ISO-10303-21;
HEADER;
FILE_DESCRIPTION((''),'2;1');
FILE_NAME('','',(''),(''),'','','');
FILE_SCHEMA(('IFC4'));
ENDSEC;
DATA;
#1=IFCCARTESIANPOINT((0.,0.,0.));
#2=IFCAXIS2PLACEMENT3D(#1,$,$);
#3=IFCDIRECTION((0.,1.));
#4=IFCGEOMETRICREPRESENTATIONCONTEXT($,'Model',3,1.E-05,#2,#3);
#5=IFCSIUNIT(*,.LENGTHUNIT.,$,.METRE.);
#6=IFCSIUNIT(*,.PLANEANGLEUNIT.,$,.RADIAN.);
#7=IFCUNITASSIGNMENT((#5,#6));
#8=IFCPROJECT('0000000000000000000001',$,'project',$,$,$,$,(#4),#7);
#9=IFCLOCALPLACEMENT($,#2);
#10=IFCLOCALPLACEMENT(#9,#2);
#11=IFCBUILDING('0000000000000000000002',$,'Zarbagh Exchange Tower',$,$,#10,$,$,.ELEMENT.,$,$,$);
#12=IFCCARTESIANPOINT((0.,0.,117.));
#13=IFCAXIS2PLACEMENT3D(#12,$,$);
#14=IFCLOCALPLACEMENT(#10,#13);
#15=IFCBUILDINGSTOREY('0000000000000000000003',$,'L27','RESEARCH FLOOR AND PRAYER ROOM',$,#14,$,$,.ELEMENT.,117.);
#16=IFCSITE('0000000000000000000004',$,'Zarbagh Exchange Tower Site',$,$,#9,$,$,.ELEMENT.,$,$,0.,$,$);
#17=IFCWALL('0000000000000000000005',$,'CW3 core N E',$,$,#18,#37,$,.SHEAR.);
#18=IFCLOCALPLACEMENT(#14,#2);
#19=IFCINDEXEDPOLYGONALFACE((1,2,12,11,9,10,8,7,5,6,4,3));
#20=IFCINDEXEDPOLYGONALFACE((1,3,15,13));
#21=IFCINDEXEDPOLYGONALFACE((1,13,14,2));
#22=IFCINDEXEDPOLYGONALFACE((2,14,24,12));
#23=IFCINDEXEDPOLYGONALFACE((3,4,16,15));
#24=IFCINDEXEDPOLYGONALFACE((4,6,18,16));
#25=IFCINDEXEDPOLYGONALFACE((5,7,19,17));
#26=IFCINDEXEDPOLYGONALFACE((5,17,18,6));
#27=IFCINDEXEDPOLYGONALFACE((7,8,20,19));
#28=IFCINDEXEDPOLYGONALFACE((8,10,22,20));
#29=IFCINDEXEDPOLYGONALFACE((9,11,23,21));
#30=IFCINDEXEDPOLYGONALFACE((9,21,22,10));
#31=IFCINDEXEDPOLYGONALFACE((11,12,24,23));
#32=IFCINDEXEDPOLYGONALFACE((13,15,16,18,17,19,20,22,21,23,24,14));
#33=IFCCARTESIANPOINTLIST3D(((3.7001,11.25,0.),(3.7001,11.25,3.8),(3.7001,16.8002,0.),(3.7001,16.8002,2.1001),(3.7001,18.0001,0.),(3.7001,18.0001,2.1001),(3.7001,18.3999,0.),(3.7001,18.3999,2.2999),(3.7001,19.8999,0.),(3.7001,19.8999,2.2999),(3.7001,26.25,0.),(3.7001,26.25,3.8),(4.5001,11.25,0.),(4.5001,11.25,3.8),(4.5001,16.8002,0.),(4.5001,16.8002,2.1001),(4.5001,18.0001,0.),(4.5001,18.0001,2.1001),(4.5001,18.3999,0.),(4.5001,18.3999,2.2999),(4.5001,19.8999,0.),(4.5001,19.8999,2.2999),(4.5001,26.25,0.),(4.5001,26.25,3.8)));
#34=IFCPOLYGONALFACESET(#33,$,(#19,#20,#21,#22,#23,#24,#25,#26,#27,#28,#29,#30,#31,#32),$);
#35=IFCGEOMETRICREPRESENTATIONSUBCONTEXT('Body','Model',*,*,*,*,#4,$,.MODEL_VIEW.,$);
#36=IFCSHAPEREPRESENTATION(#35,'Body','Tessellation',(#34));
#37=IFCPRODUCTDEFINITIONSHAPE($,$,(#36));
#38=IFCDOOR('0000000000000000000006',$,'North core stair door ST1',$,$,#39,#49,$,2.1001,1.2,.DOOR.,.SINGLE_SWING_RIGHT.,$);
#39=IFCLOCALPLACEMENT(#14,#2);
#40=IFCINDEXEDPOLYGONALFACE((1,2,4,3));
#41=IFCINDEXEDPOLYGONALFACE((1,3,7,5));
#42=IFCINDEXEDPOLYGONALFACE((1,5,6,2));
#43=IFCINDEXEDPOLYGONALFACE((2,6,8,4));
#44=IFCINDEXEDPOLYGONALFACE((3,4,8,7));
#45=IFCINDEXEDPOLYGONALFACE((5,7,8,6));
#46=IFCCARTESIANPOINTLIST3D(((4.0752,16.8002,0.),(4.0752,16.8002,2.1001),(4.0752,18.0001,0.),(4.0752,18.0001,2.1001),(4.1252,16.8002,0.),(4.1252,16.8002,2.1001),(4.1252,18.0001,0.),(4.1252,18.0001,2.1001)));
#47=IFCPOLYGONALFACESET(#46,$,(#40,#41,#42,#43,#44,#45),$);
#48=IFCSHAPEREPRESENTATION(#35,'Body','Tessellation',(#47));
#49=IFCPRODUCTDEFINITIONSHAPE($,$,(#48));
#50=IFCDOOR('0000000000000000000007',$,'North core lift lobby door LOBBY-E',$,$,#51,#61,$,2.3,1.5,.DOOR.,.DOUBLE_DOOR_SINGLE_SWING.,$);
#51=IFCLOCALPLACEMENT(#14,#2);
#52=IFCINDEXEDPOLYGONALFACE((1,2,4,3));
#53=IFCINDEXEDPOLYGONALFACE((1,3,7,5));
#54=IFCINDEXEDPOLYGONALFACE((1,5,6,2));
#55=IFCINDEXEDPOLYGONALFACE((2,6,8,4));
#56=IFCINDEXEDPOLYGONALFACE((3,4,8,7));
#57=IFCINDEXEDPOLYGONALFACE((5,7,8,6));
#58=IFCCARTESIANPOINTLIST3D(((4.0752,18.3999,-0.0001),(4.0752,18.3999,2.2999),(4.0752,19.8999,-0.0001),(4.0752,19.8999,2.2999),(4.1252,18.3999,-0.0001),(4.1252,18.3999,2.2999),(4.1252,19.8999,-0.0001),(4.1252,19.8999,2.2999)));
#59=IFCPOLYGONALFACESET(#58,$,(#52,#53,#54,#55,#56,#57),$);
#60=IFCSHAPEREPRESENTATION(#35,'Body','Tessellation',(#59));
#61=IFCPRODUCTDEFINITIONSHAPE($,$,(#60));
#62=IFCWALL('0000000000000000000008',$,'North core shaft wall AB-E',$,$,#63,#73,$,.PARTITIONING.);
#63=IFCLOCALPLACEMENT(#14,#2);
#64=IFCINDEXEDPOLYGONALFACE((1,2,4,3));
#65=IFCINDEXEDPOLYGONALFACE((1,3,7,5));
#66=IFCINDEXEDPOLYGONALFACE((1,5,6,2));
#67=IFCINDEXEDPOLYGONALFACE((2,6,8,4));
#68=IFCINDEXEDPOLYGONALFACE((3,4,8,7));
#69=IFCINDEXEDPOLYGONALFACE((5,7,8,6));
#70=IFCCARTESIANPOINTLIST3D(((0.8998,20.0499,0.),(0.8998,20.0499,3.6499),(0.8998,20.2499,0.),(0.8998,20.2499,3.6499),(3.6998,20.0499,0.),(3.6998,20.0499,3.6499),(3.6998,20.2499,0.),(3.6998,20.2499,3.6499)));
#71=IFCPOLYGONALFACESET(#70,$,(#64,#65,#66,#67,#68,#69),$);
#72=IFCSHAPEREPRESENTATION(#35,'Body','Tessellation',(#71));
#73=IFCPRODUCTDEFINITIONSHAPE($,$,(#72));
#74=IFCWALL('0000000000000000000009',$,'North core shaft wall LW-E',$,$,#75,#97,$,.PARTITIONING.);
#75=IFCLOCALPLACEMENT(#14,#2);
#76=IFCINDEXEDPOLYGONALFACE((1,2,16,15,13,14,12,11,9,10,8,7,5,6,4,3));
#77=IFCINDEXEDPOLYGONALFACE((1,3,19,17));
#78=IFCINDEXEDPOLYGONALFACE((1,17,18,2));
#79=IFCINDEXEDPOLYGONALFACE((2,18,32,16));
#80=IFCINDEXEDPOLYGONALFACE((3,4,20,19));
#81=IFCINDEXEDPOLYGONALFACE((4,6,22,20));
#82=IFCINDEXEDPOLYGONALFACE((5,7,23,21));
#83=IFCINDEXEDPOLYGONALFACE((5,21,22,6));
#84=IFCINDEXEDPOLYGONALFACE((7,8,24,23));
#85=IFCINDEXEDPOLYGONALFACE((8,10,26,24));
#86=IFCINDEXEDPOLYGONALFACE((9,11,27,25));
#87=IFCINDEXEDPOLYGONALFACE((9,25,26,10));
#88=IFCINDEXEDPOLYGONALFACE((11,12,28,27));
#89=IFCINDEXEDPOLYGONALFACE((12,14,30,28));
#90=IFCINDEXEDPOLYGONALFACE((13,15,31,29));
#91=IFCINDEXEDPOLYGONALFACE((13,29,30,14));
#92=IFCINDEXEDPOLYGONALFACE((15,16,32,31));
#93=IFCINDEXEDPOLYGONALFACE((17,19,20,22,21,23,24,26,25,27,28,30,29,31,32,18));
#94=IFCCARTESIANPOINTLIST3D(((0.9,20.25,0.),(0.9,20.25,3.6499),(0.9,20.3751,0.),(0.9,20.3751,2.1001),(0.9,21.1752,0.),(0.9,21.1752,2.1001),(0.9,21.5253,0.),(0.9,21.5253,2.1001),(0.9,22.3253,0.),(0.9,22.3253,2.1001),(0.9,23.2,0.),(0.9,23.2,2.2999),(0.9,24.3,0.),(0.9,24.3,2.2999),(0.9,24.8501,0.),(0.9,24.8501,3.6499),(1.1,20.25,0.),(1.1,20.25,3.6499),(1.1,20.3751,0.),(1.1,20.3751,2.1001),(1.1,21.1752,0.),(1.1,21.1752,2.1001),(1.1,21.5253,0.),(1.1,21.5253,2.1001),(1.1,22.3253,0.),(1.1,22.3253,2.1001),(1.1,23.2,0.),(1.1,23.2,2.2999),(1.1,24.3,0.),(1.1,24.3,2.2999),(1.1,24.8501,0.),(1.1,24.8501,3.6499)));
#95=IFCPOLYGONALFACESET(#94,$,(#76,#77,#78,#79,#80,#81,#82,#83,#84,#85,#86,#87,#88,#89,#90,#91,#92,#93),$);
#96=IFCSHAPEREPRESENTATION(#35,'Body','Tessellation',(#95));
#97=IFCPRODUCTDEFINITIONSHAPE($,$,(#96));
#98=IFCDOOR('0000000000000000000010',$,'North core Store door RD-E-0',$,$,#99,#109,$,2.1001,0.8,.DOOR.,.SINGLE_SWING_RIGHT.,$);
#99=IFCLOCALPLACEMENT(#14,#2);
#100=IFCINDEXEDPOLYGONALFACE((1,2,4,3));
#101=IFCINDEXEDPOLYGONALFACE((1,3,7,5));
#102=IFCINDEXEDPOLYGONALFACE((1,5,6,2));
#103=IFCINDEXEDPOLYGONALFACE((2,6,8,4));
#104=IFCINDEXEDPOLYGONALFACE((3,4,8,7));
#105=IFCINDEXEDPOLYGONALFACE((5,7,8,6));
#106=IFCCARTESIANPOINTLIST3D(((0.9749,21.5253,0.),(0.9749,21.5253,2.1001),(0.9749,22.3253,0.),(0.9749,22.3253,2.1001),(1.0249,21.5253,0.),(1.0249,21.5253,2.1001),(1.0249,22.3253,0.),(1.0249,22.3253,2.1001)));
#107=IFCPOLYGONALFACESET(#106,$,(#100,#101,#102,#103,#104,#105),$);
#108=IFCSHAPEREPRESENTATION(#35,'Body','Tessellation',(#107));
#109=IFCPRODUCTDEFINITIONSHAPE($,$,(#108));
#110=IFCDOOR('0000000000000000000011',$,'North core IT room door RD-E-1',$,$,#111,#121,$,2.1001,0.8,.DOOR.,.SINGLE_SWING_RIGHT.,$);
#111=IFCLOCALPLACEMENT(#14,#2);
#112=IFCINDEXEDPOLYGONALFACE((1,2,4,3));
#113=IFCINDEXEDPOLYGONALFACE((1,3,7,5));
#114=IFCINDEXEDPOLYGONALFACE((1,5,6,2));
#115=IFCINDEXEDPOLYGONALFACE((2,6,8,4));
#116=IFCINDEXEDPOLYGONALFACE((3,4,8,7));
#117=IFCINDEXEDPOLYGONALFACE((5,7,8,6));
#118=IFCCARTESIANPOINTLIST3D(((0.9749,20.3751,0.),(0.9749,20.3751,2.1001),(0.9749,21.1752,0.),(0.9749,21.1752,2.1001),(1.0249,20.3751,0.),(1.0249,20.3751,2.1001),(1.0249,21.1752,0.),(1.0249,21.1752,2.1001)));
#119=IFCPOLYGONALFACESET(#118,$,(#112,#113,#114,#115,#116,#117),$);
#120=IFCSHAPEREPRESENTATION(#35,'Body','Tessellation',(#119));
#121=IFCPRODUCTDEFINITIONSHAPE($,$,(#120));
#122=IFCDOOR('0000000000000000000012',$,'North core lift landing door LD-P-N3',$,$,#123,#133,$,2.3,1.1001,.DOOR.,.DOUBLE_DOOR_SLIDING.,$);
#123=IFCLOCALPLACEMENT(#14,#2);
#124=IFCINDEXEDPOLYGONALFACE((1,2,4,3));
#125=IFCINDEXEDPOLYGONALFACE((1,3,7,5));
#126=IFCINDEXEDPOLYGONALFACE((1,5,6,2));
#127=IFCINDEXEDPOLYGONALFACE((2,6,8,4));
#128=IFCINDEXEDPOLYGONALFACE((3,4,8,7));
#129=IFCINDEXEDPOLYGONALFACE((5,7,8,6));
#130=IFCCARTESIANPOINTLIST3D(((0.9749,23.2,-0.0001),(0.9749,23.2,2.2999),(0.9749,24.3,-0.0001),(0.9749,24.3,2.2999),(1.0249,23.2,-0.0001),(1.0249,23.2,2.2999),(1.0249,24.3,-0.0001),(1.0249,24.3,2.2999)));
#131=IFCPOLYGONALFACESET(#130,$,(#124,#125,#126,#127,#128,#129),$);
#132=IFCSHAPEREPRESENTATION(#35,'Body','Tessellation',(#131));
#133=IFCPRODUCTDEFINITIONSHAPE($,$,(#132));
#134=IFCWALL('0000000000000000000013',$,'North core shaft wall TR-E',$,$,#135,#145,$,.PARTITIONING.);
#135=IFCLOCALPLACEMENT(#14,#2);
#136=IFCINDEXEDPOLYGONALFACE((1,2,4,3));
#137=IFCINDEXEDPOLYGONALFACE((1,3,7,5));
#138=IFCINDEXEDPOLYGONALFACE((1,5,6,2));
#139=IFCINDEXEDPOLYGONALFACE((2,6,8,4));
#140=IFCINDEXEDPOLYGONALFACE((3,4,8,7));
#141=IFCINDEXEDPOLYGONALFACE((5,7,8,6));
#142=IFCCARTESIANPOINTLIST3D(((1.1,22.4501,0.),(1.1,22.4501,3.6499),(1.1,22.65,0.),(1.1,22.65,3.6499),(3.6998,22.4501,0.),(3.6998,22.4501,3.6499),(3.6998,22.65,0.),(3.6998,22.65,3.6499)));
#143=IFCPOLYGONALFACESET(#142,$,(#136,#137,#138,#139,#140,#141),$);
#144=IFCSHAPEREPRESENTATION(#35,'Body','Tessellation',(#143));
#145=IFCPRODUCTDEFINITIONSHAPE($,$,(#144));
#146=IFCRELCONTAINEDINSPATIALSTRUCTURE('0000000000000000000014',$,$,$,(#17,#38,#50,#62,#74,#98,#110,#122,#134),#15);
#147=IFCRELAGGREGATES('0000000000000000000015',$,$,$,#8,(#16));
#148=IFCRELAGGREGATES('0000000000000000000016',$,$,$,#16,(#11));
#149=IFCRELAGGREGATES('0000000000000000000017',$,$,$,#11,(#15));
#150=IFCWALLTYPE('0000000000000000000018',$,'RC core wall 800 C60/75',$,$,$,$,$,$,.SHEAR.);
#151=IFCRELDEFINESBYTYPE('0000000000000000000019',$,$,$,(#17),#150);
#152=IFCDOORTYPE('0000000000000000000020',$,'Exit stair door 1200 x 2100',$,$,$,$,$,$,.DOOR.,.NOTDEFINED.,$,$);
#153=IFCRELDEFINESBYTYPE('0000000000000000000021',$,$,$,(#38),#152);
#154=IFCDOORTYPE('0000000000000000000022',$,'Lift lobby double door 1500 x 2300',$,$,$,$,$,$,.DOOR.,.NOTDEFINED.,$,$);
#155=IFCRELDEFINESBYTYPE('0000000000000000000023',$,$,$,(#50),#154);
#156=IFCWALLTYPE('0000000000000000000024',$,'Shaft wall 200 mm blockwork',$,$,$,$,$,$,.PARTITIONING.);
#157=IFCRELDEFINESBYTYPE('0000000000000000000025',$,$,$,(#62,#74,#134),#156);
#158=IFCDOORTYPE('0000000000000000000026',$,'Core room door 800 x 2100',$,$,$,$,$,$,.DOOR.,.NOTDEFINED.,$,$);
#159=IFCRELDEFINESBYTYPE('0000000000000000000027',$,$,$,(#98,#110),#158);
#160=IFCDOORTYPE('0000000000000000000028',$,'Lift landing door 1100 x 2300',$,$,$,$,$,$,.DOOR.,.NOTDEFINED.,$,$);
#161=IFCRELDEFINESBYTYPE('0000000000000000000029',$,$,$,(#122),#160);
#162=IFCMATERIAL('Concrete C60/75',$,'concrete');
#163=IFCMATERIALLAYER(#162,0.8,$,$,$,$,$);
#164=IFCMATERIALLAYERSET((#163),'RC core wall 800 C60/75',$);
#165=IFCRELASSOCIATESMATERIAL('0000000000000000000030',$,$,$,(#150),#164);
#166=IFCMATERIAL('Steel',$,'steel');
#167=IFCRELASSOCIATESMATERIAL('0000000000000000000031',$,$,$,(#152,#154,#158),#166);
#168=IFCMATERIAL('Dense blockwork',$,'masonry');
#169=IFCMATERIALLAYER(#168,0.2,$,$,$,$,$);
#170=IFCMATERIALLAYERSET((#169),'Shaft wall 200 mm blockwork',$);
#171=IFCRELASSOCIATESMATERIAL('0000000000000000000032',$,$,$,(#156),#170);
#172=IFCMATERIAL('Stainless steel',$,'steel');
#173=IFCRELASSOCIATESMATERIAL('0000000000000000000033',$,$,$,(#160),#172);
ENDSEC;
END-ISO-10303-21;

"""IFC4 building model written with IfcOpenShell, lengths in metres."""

from ifc_helpers import new_model, si_unit, direction, frame, frame_2d, origin, place, context, subcontext, project, spatial, rectangle, extrude, material, layer, layer_set, type_object, element, fill, save


model = new_model("IFC4")

# Units and contexts
model_context = context("Model", 3, precision=1e-05, world=origin(), true_north=direction((0.0, 1.0)))
body_context = subcontext(model_context, "Body", "Model", "MODEL_VIEW")
ifc_project = project(units=[si_unit("LENGTHUNIT", "METRE"), si_unit("PLANEANGLEUNIT", "RADIAN")], contexts=[model_context])

# Site, building, storey
site_placement = place(None, origin())
site = spatial("IfcSite", under=ifc_project, at=site_placement, Name="Zarbagh Exchange Tower Site", CompositionType="ELEMENT", RefElevation=0.0)
building_placement = place(site_placement, origin())
building = spatial("IfcBuilding", under=site, at=building_placement, Name="Zarbagh Exchange Tower", CompositionType="ELEMENT")
storey_placement = place(building_placement, frame((0.0, 0.0, 117.0)))
storey = spatial("IfcBuildingStorey", under=building, at=storey_placement, Name="L27", Description="RESEARCH FLOOR AND PRAYER ROOM", CompositionType="ELEMENT", Elevation=117.0)

# Shared definitions
ifc_material_1 = material(Name="Concrete C60/75", Category="concrete")

# Shared definitions
ifc_material_2 = material(Name="Dense blockwork", Category="masonry")

# Wall, openings, doors
ifc_layer_1 = layer(ifc_material_1, 0.8)
ifc_layer_set_1 = layer_set([ifc_layer_1], Name="RC core wall 800 C60/75")
wall_type_1 = type_object("IfcWallType", Name="RC core wall 800 C60/75", PredefinedType="SHEAR", material=ifc_layer_set_1)
wall_1_placement = place(storey_placement, frame((4.1001, 11.25, 0.0), z_axis=(0.0, 0.0, 1.0), x_axis=(0.0, 1.0, 0.0)))
wall_1 = element("IfcWall", 1, at=wall_1_placement, inside=storey, type_object=wall_type_1, Name="CW3 core N E", PredefinedType="SHEAR", context=body_context, shape_type="SweptSolid", body=[
    extrude(rectangle(XDim=15.0, YDim=0.8, at=frame_2d((7.5, 0.0))), origin(), (0.0, 0.0, 1.0), 3.8),
])
opening_1_placement = place(wall_1_placement, frame((7.1499, 0.0, 0.0)))
opening_1 = element("IfcOpeningElement", 2, at=opening_1_placement, cuts=wall_1, PredefinedType="OPENING", context=body_context, shape_type="SweptSolid", body=[
    extrude(rectangle(XDim=1.5, YDim=2.3, at=frame_2d((0.75, 1.1499))), frame((0.0, 0.4099, 0.0), z_axis=(0.0, -1.0, 0.0), x_axis=(1.0, 0.0, 0.0)), (0.0, 0.0, 1.0), 0.8201),
])
opening_2_placement = place(wall_1_placement, frame((5.55, 0.0, 0.0)))
opening_2 = element("IfcOpeningElement", 3, at=opening_2_placement, cuts=wall_1, PredefinedType="OPENING", context=body_context, shape_type="SweptSolid", body=[
    extrude(rectangle(XDim=1.2, YDim=2.1001, at=frame_2d((0.6001, 1.05))), frame((0.0, 0.4099, 0.0), z_axis=(0.0, -1.0, 0.0), x_axis=(1.0, 0.0, 0.0)), (0.0, 0.0, 1.0), 0.8201),
])
ifc_material_3 = material(Name="Steel", Category="steel")
door_type_1 = type_object("IfcDoorType", Name="Exit stair door 1200 x 2100", OperationType="NOTDEFINED", PredefinedType="DOOR", material=ifc_material_3)
door_1_placement = place(opening_2_placement, origin())
door_1 = element("IfcDoor", 4, at=door_1_placement, inside=storey, type_object=door_type_1, Name="North core stair door ST1", OperationType="SINGLE_SWING_RIGHT", OverallHeight=2.1001, OverallWidth=1.2, PredefinedType="DOOR", context=body_context, shape_type="SweptSolid", body=[
    extrude(rectangle(XDim=1.2, YDim=2.1001, at=frame_2d((0.6001, 1.05))), frame((0.0, 0.0249, 0.0), z_axis=(0.0, -1.0, 0.0), x_axis=(1.0, 0.0, 0.0)), (0.0, 0.0, 1.0), 0.05),
])
fill(opening_2, door_1)
door_type_2 = type_object("IfcDoorType", Name="Lift lobby double door 1500 x 2300", OperationType="NOTDEFINED", PredefinedType="DOOR", material=ifc_material_3)
door_2_placement = place(opening_1_placement, origin())
door_2 = element("IfcDoor", 5, at=door_2_placement, inside=storey, type_object=door_type_2, Name="North core lift lobby door LOBBY-E", OperationType="DOUBLE_DOOR_SINGLE_SWING", OverallHeight=2.3, OverallWidth=1.5, PredefinedType="DOOR", context=body_context, shape_type="SweptSolid", body=[
    extrude(rectangle(XDim=1.5, YDim=2.3, at=frame_2d((0.75, 1.1499))), frame((0.0, 0.0249, 0.0), z_axis=(0.0, -1.0, 0.0), x_axis=(1.0, 0.0, 0.0)), (0.0, 0.0, 1.0), 0.05),
])
fill(opening_1, door_2)

# Wall
ifc_layer_2 = layer(ifc_material_2, 0.2)
ifc_layer_set_2 = layer_set([ifc_layer_2], Name="Shaft wall 200 mm blockwork")
wall_type_2 = type_object("IfcWallType", Name="Shaft wall 200 mm blockwork", PredefinedType="PARTITIONING", material=ifc_layer_set_2)
wall_2_placement = place(storey_placement, frame((0.8999, 20.1499, 0.0), z_axis=(0.0, 0.0, 1.0), x_axis=(1.0, 0.0, 0.0)))
element("IfcWall", 6, at=wall_2_placement, inside=storey, type_object=wall_type_2, Name="North core shaft wall AB-E", PredefinedType="PARTITIONING", context=body_context, shape_type="SweptSolid", body=[
    extrude(rectangle(XDim=2.8, YDim=0.2, at=frame_2d((1.3999, 0.0))), origin(), (0.0, 0.0, 1.0), 3.6499),
])

# Wall, openings, doors
wall_3_placement = place(storey_placement, frame((1.0, 24.8501, 0.0), z_axis=(0.0, 0.0, 1.0), x_axis=(0.0, -1.0, 0.0)))
wall_3 = element("IfcWall", 7, at=wall_3_placement, inside=storey, type_object=wall_type_2, Name="North core shaft wall LW-E", PredefinedType="PARTITIONING", context=body_context, shape_type="SweptSolid", body=[
    extrude(rectangle(XDim=4.6001, YDim=0.2, at=frame_2d((2.3, 0.0))), origin(), (0.0, 0.0, 1.0), 3.6499),
])
opening_3_placement = place(wall_3_placement, frame((0.55, 0.0, 0.0)))
opening_3 = element("IfcOpeningElement", 8, at=opening_3_placement, cuts=wall_3, PredefinedType="OPENING", context=body_context, shape_type="SweptSolid", body=[
    extrude(rectangle(XDim=1.1001, YDim=2.3, at=frame_2d((0.55, 1.1499))), frame((0.0, 0.1099, 0.0), z_axis=(0.0, -1.0, 0.0), x_axis=(1.0, 0.0, 0.0)), (0.0, 0.0, 1.0), 0.22),
])
opening_4_placement = place(wall_3_placement, frame((2.5249, 0.0, 0.0)))
opening_4 = element("IfcOpeningElement", 9, at=opening_4_placement, cuts=wall_3, PredefinedType="OPENING", context=body_context, shape_type="SweptSolid", body=[
    extrude(rectangle(XDim=0.8, YDim=2.1001, at=frame_2d((0.3999, 1.05))), frame((0.0, 0.1099, 0.0), z_axis=(0.0, -1.0, 0.0), x_axis=(1.0, 0.0, 0.0)), (0.0, 0.0, 1.0), 0.22),
])
opening_5_placement = place(wall_3_placement, frame((3.675, 0.0, 0.0)))
opening_5 = element("IfcOpeningElement", 10, at=opening_5_placement, cuts=wall_3, PredefinedType="OPENING", context=body_context, shape_type="SweptSolid", body=[
    extrude(rectangle(XDim=0.8, YDim=2.1001, at=frame_2d((0.3999, 1.05))), frame((0.0, 0.1099, 0.0), z_axis=(0.0, -1.0, 0.0), x_axis=(1.0, 0.0, 0.0)), (0.0, 0.0, 1.0), 0.22),
])
door_type_3 = type_object("IfcDoorType", Name="Core room door 800 x 2100", OperationType="NOTDEFINED", PredefinedType="DOOR", material=ifc_material_3)
door_3_placement = place(opening_4_placement, origin())
door_3 = element("IfcDoor", 11, at=door_3_placement, inside=storey, type_object=door_type_3, Name="North core Store door RD-E-0", OperationType="SINGLE_SWING_RIGHT", OverallHeight=2.1001, OverallWidth=0.8, PredefinedType="DOOR", context=body_context, shape_type="SweptSolid", body=[
    extrude(rectangle(XDim=0.8, YDim=2.1001, at=frame_2d((0.3999, 1.05))), frame((0.0, 0.0249, 0.0), z_axis=(0.0, -1.0, 0.0), x_axis=(1.0, 0.0, 0.0)), (0.0, 0.0, 1.0), 0.05),
])
fill(opening_4, door_3)
door_4_placement = place(opening_5_placement, origin())
door_4 = element("IfcDoor", 12, at=door_4_placement, inside=storey, type_object=door_type_3, Name="North core IT room door RD-E-1", OperationType="SINGLE_SWING_RIGHT", OverallHeight=2.1001, OverallWidth=0.8, PredefinedType="DOOR", context=body_context, shape_type="SweptSolid", body=[
    extrude(rectangle(XDim=0.8, YDim=2.1001, at=frame_2d((0.3999, 1.05))), frame((0.0, 0.0249, 0.0), z_axis=(0.0, -1.0, 0.0), x_axis=(1.0, 0.0, 0.0)), (0.0, 0.0, 1.0), 0.05),
])
fill(opening_5, door_4)
ifc_material_4 = material(Name="Stainless steel", Category="steel")
door_type_4 = type_object("IfcDoorType", Name="Lift landing door 1100 x 2300", OperationType="NOTDEFINED", PredefinedType="DOOR", material=ifc_material_4)
door_5_placement = place(opening_3_placement, origin())
door_5 = element("IfcDoor", 13, at=door_5_placement, inside=storey, type_object=door_type_4, Name="North core lift landing door LD-P-N3", OperationType="DOUBLE_DOOR_SLIDING", OverallHeight=2.3, OverallWidth=1.1001, PredefinedType="DOOR", context=body_context, shape_type="SweptSolid", body=[
    extrude(rectangle(XDim=1.1001, YDim=2.3, at=frame_2d((0.55, 1.1499))), frame((0.0, 0.0249, 0.0), z_axis=(0.0, -1.0, 0.0), x_axis=(1.0, 0.0, 0.0)), (0.0, 0.0, 1.0), 0.05),
])
fill(opening_3, door_5)

# Wall
wall_4_placement = place(storey_placement, frame((1.1001, 22.55, 0.0), z_axis=(0.0, 0.0, 1.0), x_axis=(1.0, 0.0, 0.0)))
element("IfcWall", 14, at=wall_4_placement, inside=storey, type_object=wall_type_2, Name="North core shaft wall TR-E", PredefinedType="PARTITIONING", context=body_context, shape_type="SweptSolid", body=[
    extrude(rectangle(XDim=2.5999, YDim=0.2, at=frame_2d((1.2998, 0.0))), origin(), (0.0, 0.0, 1.0), 3.6499),
])

save(model, "model.ifc")
